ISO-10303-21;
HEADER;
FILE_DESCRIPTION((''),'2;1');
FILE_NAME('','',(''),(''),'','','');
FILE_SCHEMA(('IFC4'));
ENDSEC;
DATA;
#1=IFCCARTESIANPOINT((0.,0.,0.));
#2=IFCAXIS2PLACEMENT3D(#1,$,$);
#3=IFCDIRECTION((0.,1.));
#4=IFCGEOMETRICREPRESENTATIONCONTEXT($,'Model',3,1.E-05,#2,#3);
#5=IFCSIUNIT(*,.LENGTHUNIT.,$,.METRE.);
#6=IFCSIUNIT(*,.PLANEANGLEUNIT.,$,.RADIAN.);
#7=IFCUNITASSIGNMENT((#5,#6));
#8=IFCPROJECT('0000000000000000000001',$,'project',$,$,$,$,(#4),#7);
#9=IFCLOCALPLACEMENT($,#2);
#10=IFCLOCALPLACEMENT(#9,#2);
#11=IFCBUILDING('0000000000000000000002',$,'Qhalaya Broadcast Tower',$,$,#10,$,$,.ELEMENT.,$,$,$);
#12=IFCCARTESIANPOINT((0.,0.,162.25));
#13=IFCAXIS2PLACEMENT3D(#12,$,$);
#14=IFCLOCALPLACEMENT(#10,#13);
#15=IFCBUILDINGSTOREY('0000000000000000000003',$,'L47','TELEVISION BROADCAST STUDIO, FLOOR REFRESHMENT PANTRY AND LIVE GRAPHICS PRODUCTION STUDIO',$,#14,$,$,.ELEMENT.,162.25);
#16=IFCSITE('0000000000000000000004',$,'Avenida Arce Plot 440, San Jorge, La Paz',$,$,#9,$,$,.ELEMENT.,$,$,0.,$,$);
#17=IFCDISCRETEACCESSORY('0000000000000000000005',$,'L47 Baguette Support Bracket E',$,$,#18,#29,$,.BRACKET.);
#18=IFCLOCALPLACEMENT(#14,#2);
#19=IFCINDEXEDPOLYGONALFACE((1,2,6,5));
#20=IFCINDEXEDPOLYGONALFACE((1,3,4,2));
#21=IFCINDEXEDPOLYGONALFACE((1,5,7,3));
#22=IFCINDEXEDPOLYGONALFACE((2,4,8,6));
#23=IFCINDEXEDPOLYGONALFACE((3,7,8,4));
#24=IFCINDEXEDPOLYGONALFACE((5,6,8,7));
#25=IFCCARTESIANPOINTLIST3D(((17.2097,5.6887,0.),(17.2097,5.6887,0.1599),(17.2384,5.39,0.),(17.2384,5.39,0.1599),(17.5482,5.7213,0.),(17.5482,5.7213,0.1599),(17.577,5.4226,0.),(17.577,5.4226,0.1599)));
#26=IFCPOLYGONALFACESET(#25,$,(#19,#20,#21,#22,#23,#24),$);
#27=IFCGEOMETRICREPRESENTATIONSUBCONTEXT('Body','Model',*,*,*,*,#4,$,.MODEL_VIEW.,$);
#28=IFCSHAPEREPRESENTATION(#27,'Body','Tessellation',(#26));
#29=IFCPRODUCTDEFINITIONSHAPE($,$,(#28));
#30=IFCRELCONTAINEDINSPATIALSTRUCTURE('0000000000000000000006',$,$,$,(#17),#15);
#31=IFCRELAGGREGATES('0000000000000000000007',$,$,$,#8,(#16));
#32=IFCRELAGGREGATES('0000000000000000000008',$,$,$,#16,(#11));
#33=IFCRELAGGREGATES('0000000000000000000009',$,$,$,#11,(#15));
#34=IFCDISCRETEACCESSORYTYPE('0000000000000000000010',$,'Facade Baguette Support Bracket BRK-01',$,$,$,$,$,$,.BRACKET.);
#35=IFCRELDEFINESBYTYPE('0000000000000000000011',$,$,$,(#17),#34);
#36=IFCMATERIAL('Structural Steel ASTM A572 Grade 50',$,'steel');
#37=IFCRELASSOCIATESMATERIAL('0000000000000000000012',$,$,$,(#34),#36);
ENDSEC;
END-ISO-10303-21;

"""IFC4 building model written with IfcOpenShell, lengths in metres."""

from ifc_helpers import new_model, si_unit, direction, frame, origin, origin_2d, place, context, subcontext, project, spatial, rectangle, extrude, material, type_object, element, save


model = new_model("IFC4")

# Units and contexts
model_context = context("Model", 3, precision=1e-05, world=origin(), true_north=direction((0.0, 1.0)))
body_context = subcontext(model_context, "Body", "Model", "MODEL_VIEW")
ifc_project = project(units=[si_unit("LENGTHUNIT", "METRE"), si_unit("PLANEANGLEUNIT", "RADIAN")], contexts=[model_context])

# Site, building, storey
site_placement = place(None, origin())
site = spatial("IfcSite", under=ifc_project, at=site_placement, Name="Avenida Arce Plot 440, San Jorge, La Paz", CompositionType="ELEMENT", RefElevation=0.0)
building_placement = place(site_placement, origin())
building = spatial("IfcBuilding", under=site, at=building_placement, Name="Qhalaya Broadcast Tower", CompositionType="ELEMENT")
storey_placement = place(building_placement, frame((0.0, 0.0, 162.25)))
storey = spatial("IfcBuildingStorey", under=building, at=storey_placement, Name="L47", Description="TELEVISION BROADCAST STUDIO, FLOOR REFRESHMENT PANTRY AND LIVE GRAPHICS PRODUCTION STUDIO", CompositionType="ELEMENT", Elevation=162.25)

# Discrete accessory
ifc_material_1 = material(Name="Structural Steel ASTM A572 Grade 50", Category="steel")
discrete_accessory_type = type_object("IfcDiscreteAccessoryType", Name="Facade Baguette Support Bracket BRK-01", PredefinedType="BRACKET", material=ifc_material_1)
discrete_accessory_placement = place(storey_placement, frame((17.3933, 5.5557, 0.0), z_axis=(0.0, 0.0, 1.0), x_axis=(-0.095846, 0.995396, 0.0)))
element("IfcDiscreteAccessory", 1, at=discrete_accessory_placement, inside=storey, type_object=discrete_accessory_type, Name="L47 Baguette Support Bracket E", PredefinedType="BRACKET", context=body_context, shape_type="SweptSolid", body=[
    extrude(rectangle(XDim=0.3, YDim=0.3401, at=origin_2d()), origin(), (0.0, 0.0, 1.0), 0.1599),
])

save(model, "model.ifc")
